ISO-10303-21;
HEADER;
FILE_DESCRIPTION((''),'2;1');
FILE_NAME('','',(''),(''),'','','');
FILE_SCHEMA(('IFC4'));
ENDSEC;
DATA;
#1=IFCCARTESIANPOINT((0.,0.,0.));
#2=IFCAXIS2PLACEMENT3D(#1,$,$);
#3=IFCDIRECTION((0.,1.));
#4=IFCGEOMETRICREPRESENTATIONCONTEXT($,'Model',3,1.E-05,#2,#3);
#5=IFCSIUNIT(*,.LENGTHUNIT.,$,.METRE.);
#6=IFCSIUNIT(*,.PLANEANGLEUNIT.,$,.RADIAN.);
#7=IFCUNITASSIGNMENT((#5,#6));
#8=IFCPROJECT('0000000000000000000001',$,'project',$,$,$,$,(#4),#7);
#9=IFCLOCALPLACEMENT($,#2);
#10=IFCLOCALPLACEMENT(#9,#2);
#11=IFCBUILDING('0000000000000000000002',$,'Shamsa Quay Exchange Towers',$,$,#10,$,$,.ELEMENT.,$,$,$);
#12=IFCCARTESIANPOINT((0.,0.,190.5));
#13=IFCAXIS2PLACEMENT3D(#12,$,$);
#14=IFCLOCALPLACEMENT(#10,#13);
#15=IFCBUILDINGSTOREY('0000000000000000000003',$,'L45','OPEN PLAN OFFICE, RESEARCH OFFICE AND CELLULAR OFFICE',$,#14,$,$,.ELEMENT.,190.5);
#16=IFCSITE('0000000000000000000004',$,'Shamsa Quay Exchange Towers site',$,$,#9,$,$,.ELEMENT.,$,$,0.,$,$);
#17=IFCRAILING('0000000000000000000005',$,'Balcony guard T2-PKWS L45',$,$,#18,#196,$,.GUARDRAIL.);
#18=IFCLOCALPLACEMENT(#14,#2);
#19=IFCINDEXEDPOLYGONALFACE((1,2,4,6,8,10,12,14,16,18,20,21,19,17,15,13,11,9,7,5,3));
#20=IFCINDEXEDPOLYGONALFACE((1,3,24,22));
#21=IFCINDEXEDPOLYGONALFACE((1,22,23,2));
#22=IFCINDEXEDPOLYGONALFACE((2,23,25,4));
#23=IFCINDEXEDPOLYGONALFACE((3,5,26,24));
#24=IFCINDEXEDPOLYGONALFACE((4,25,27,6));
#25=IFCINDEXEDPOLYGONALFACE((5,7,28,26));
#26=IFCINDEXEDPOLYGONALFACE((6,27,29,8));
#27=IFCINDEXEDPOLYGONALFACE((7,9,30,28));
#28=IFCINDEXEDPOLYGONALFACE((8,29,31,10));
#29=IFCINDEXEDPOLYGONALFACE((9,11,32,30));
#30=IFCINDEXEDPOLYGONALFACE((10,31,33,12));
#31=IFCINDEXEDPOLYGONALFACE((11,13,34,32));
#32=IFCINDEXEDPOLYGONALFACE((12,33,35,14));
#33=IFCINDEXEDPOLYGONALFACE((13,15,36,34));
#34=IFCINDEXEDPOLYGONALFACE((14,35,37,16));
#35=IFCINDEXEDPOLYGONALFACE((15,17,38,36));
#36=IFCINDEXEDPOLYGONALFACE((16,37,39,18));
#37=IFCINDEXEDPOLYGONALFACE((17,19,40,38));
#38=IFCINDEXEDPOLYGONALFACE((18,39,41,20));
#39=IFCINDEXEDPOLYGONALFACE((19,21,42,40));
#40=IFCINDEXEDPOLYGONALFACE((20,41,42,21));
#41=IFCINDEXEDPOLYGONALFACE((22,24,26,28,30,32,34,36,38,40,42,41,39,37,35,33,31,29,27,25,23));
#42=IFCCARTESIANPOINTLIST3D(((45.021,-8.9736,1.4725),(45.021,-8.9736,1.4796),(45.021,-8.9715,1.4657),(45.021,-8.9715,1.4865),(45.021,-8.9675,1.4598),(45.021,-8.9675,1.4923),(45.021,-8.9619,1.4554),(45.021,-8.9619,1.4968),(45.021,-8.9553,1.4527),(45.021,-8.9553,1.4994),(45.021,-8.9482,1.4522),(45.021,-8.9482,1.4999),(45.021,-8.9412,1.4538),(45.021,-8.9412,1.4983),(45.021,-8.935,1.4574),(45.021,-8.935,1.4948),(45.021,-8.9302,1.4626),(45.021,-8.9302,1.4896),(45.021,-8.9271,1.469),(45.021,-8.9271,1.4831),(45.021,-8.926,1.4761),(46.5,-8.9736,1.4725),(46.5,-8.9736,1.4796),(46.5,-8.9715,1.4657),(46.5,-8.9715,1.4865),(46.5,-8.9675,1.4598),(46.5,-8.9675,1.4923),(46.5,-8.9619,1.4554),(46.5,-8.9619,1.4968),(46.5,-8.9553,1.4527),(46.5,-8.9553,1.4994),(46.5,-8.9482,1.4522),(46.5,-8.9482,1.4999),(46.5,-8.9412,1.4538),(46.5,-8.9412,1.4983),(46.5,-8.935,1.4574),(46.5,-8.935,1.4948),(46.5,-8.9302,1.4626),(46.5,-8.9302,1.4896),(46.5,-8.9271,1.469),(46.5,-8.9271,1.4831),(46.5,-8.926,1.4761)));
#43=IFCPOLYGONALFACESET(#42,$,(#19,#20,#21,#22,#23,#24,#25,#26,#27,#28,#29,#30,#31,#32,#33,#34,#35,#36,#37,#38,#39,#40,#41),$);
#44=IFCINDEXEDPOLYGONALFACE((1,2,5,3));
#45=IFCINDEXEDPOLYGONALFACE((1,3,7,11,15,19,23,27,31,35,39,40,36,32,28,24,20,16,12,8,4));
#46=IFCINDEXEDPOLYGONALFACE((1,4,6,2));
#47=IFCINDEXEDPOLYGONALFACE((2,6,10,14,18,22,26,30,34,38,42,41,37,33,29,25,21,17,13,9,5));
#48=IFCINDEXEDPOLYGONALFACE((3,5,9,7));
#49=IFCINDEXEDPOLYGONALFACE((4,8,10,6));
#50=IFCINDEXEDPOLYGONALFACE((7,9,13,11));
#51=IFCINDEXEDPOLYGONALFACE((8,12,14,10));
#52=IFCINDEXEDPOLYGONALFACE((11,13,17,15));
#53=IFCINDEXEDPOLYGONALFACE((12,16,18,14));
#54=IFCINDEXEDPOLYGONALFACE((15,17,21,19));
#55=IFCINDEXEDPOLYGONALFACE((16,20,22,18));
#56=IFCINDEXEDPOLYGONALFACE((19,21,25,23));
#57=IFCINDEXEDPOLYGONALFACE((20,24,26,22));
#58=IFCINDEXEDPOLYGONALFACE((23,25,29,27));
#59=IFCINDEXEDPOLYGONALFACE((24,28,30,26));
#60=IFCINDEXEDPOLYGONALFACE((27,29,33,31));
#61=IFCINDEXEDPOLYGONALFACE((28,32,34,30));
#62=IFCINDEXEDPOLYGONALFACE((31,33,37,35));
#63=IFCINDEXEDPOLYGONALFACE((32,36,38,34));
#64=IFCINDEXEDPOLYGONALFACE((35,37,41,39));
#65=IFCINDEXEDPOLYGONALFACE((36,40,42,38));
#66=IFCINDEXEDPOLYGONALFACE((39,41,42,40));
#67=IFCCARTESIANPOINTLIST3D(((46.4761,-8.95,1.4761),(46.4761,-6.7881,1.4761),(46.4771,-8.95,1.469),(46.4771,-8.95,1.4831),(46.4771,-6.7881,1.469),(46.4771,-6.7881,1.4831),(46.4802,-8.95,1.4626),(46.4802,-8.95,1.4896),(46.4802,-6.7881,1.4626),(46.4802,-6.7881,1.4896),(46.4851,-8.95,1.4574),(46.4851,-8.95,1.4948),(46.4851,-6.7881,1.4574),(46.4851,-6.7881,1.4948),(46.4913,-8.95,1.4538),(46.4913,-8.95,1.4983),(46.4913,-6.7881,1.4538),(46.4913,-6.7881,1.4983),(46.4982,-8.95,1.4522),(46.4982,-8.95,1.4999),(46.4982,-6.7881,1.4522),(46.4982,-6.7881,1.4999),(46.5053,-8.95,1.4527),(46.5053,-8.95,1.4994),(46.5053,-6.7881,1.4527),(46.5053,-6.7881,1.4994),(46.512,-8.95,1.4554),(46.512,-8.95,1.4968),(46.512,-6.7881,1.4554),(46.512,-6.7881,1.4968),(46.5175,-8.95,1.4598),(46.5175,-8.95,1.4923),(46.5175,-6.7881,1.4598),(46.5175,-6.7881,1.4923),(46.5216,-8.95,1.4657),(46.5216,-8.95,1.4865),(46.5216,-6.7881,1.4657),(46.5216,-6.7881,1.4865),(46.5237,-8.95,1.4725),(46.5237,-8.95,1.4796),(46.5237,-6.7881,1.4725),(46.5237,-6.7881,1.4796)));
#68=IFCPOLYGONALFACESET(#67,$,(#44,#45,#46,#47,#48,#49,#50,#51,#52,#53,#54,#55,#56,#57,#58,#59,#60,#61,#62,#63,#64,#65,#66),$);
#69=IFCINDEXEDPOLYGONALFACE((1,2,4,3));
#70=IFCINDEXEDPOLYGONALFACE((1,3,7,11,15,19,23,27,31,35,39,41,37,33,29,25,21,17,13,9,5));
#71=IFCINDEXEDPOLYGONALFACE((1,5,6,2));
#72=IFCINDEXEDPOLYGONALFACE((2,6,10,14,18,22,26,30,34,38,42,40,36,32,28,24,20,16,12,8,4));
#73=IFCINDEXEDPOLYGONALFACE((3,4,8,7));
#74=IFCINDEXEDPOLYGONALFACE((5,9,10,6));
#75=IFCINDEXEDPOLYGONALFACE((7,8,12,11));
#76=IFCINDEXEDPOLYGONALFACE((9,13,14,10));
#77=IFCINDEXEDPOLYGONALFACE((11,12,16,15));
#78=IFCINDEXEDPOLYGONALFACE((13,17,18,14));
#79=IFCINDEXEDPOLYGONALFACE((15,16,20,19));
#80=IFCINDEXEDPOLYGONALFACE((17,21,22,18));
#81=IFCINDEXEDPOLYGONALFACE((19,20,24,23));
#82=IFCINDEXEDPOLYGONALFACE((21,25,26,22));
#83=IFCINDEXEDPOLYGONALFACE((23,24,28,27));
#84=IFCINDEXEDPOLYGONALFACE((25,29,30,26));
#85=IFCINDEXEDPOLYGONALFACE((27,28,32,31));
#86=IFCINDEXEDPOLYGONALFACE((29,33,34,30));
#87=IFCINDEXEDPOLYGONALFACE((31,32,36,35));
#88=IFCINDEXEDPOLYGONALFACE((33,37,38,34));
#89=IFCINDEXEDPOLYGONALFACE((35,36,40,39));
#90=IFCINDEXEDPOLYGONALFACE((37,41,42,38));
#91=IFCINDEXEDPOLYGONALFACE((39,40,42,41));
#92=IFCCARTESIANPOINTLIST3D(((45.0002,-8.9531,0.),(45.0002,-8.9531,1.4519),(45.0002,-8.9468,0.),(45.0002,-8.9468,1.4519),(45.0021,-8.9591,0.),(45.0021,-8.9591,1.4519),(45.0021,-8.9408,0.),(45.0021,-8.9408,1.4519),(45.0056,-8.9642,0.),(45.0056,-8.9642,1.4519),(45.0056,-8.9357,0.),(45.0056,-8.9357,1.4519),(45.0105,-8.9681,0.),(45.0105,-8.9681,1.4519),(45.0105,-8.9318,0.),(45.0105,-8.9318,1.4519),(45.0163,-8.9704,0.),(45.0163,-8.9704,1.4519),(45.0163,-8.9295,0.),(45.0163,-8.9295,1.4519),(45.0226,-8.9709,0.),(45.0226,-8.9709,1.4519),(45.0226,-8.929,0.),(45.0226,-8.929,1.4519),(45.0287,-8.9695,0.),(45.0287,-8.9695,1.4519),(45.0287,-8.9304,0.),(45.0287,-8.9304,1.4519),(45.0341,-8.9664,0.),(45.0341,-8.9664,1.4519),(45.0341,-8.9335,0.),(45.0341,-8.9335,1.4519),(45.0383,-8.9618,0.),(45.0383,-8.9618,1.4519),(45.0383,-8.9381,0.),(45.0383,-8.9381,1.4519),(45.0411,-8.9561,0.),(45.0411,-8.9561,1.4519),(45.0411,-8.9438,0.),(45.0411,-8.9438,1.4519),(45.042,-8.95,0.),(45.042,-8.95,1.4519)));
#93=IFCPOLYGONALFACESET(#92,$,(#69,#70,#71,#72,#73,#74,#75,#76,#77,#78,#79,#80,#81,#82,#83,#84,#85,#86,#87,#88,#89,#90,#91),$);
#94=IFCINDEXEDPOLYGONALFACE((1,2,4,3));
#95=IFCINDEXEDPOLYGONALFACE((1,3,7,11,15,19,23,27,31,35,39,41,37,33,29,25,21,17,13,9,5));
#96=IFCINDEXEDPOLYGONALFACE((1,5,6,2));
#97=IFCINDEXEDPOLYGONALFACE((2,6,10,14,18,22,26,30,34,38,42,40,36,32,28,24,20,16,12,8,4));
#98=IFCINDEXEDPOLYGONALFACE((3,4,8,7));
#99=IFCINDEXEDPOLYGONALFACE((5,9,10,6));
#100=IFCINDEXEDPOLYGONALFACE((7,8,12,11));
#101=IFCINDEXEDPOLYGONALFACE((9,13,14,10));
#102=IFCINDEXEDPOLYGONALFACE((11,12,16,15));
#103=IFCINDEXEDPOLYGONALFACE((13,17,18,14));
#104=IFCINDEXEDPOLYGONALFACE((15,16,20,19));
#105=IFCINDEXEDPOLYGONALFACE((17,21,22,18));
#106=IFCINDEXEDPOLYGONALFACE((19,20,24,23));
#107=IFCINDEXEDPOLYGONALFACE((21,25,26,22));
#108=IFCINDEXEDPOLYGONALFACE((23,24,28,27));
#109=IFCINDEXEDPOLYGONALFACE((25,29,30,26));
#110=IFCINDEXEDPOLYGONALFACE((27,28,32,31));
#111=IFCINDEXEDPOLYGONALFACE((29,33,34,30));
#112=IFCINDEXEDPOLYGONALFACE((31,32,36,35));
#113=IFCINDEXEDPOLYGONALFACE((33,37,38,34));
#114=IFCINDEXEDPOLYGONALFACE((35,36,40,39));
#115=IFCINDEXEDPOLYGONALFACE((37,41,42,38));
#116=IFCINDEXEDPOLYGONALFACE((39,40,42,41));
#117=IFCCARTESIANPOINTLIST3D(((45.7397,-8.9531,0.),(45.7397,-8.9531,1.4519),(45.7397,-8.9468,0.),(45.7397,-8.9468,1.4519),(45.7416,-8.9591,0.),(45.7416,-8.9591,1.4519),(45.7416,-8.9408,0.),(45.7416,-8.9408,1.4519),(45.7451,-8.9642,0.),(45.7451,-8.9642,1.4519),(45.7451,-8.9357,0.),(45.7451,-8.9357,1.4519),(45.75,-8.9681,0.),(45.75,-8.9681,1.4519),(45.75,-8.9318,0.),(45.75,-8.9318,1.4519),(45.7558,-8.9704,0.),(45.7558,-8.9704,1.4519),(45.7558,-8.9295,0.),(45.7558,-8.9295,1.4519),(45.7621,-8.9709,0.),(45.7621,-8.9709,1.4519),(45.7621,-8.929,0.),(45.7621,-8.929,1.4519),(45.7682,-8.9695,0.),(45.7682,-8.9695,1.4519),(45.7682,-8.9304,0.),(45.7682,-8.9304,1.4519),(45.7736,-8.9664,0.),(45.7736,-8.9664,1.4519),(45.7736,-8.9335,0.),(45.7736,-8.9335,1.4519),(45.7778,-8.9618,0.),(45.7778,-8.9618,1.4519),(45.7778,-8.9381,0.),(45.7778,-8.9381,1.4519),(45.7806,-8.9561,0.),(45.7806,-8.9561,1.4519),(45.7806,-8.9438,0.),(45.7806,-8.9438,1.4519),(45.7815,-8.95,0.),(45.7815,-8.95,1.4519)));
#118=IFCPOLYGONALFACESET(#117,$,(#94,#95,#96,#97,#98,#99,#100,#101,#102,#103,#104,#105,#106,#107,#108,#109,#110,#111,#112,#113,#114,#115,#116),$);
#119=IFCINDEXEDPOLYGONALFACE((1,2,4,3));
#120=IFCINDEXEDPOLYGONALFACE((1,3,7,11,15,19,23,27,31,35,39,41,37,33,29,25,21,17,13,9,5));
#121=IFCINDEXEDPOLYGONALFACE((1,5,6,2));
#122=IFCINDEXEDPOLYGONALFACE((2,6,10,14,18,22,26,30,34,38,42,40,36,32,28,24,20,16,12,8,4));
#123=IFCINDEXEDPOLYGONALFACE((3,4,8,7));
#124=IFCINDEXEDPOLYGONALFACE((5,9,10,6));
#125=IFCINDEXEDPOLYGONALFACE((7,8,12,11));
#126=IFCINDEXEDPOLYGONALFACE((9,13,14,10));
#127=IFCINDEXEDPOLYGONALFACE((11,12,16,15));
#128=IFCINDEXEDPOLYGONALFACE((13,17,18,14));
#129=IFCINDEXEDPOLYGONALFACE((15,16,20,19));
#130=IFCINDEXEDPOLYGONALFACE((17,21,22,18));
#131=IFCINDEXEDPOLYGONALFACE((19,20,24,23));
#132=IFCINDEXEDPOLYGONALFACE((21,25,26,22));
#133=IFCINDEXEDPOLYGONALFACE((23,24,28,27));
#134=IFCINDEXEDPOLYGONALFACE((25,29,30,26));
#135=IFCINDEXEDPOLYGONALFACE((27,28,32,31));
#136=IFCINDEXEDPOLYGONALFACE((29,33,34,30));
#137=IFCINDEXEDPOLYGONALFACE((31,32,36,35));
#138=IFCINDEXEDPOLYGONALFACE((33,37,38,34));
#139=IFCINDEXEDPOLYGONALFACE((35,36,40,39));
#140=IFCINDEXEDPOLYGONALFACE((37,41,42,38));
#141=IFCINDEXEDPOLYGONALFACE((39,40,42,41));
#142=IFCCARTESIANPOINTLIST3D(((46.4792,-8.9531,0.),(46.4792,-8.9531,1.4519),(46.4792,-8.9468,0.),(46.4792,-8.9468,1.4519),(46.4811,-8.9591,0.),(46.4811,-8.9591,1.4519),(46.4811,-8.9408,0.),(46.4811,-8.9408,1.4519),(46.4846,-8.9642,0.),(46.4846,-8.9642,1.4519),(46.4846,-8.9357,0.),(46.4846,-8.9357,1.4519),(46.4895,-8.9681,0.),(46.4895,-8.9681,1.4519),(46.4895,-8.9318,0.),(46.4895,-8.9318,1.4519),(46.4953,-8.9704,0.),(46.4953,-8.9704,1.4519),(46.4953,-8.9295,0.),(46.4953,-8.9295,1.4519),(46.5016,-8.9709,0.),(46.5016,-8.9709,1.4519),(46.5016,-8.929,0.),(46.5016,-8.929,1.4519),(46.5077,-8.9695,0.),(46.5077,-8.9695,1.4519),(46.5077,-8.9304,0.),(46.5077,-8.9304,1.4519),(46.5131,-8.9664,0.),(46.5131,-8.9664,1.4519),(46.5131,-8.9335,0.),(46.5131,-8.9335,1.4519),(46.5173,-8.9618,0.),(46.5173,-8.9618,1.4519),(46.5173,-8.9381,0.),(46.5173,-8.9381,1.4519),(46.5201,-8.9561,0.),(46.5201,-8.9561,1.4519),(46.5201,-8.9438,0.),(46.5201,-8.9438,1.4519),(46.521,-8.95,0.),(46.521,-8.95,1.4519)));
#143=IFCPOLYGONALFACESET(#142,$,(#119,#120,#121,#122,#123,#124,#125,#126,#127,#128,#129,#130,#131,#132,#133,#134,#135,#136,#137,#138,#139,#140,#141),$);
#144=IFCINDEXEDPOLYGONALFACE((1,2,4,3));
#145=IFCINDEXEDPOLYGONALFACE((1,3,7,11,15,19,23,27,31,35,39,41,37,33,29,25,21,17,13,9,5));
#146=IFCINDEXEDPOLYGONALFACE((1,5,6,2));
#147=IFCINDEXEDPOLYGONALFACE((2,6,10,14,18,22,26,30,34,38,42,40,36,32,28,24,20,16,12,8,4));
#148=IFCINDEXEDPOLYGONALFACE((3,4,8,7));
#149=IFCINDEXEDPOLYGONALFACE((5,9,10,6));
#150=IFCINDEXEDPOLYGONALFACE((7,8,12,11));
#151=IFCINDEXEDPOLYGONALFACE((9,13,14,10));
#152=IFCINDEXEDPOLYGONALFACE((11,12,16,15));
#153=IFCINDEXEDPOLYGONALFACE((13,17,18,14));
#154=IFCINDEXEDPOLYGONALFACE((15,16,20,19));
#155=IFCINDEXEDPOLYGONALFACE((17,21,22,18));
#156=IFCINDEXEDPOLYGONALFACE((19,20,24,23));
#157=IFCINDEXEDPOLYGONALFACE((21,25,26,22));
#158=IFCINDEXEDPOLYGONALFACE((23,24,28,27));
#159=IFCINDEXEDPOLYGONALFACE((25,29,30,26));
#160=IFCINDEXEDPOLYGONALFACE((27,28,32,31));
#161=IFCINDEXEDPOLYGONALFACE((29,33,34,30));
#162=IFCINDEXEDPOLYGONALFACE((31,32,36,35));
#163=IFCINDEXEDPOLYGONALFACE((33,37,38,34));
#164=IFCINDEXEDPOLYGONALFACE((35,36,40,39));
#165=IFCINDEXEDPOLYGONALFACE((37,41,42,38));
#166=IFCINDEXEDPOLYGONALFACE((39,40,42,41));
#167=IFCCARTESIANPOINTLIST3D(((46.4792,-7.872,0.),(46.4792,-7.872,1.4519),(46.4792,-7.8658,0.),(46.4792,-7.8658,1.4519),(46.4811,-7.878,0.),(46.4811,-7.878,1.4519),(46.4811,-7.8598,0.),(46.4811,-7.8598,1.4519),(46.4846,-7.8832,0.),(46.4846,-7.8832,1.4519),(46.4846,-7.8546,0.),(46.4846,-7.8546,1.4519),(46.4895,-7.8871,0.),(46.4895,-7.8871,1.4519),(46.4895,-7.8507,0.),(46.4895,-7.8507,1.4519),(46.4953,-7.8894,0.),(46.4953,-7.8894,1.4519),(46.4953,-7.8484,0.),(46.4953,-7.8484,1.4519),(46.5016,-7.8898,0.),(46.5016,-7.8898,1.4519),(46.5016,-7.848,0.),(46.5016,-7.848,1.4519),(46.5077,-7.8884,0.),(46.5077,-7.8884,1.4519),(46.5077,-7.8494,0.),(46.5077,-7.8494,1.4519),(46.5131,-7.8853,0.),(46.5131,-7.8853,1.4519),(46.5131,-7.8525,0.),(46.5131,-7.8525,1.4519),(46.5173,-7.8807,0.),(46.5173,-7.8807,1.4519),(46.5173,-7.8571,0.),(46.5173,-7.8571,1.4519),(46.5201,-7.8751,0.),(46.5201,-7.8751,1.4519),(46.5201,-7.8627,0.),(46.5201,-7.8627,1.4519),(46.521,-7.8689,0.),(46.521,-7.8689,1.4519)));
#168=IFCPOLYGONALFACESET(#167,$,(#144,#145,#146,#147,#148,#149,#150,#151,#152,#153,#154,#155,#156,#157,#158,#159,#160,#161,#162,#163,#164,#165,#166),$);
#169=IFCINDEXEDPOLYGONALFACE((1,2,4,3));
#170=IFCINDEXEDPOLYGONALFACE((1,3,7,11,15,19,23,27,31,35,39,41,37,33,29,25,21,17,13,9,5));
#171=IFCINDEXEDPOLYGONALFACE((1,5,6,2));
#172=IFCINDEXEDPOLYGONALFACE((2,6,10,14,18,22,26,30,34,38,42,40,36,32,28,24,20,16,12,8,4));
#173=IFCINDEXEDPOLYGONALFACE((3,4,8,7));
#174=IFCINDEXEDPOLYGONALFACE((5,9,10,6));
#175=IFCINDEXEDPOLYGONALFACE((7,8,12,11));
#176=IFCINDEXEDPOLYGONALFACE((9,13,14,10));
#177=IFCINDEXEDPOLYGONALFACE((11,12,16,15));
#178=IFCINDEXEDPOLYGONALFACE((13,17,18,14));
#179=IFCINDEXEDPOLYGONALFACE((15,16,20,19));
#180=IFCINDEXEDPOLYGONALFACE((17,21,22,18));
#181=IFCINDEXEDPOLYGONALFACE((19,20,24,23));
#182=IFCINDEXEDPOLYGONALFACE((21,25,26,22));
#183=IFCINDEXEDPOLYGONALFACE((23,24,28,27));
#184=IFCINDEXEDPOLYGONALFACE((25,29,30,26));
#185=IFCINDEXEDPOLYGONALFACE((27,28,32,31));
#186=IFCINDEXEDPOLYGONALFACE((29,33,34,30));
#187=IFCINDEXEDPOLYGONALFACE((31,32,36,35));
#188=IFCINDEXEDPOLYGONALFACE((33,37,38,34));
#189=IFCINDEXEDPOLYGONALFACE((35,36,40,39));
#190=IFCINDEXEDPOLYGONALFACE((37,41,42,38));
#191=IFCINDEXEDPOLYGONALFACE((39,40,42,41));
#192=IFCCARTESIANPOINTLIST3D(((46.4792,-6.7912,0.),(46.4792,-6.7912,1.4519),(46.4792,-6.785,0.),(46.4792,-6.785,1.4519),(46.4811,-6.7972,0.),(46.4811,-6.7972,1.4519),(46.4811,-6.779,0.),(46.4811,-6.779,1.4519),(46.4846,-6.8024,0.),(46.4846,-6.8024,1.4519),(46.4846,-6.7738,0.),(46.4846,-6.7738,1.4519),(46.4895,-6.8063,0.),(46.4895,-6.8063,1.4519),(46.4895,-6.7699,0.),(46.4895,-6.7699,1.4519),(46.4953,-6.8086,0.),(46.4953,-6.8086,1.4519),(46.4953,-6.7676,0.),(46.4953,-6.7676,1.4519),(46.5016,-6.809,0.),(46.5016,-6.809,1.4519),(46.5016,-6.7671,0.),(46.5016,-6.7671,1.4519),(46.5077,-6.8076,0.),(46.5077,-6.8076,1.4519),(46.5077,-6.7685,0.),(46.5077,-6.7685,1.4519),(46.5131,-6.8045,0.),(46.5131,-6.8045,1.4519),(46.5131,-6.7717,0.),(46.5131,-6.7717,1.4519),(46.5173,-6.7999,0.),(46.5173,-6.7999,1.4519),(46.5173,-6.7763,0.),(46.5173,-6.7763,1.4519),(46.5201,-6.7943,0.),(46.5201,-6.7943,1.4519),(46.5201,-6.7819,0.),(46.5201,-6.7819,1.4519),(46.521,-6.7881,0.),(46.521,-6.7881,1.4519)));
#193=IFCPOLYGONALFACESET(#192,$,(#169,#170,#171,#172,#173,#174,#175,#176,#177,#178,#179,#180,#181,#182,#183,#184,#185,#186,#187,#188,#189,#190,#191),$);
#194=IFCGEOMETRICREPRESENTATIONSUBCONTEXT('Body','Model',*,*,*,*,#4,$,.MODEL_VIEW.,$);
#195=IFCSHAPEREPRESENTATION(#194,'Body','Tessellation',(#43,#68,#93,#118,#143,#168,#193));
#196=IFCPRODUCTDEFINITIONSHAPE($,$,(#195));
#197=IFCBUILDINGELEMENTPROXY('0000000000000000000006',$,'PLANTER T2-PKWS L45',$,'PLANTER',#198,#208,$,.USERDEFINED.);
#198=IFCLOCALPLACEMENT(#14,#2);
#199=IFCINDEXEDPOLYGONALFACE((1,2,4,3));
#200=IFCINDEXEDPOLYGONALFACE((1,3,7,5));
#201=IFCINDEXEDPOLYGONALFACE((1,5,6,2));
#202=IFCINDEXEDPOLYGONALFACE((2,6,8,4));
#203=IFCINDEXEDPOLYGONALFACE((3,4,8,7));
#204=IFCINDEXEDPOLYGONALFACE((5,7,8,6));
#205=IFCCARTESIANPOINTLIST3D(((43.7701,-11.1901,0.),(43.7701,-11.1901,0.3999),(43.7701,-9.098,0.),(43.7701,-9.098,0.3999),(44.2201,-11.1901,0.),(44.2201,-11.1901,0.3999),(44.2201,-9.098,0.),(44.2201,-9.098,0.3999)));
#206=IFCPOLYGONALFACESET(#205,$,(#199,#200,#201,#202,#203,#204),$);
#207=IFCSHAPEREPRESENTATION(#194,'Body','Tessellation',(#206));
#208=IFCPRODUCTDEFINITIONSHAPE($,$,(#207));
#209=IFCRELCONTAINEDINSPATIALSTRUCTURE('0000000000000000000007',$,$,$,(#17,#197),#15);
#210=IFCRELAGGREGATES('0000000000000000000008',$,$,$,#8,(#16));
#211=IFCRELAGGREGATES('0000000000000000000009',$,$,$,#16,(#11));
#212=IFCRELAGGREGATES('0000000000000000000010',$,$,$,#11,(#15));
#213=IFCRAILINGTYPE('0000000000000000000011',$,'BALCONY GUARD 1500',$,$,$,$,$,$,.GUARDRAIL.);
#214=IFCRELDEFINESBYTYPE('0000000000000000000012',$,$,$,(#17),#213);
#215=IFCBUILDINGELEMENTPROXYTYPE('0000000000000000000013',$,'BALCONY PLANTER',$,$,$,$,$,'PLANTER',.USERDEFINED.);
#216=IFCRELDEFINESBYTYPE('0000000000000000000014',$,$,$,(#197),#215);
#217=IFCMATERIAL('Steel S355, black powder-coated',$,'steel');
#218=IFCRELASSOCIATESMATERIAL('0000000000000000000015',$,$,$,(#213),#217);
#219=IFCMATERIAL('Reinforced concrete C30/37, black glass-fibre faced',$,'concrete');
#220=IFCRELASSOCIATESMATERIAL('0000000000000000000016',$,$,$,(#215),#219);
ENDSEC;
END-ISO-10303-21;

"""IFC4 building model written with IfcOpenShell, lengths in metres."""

from ifc_helpers import new_model, si_unit, direction, frame, origin, origin_2d, place, context, subcontext, project, spatial, rectangle, circle, extrude, material, type_object, element, save


model = new_model("IFC4")

# Units and contexts
model_context = context("Model", 3, precision=1e-05, world=origin(), true_north=direction((0.0, 1.0)))
body_context = subcontext(model_context, "Body", "Model", "MODEL_VIEW")
ifc_project = project(units=[si_unit("LENGTHUNIT", "METRE"), si_unit("PLANEANGLEUNIT", "RADIAN")], contexts=[model_context])

# Site, building, storey
site_placement = place(None, origin())
site = spatial("IfcSite", under=ifc_project, at=site_placement, Name="Shamsa Quay Exchange Towers site", CompositionType="ELEMENT", RefElevation=0.0)
building_placement = place(site_placement, origin())
building = spatial("IfcBuilding", under=site, at=building_placement, Name="Shamsa Quay Exchange Towers", CompositionType="ELEMENT")
storey_placement = place(building_placement, frame((0.0, 0.0, 190.5)))
storey = spatial("IfcBuildingStorey", under=building, at=storey_placement, Name="L45", Description="OPEN PLAN OFFICE, RESEARCH OFFICE AND CELLULAR OFFICE", CompositionType="ELEMENT", Elevation=190.5)

# Railing
ifc_material_1 = material(Name="Steel S355, black powder-coated", Category="steel")
railing_type = type_object("IfcRailingType", Name="BALCONY GUARD 1500", PredefinedType="GUARDRAIL", material=ifc_material_1)
for number, where, name in (
    (1, (45.021, -8.95, 0.0), "Balcony guard T2-PKWS L45"),
):
    element("IfcRailing", number, at=place(storey_placement, frame(where)), inside=storey, type_object=railing_type, Name=name, PredefinedType="GUARDRAIL", context=body_context, shape_type="SweptSolid", body=[
        extrude(circle(Radius=0.0239, at=origin_2d()), frame((0.0, 0.0, 1.4761), z_axis=(1.0, 0.0, 0.0), x_axis=(0.0, 1.0, 0.0)), (0.0, 0.0, 1.0), 1.479),
        extrude(circle(Radius=0.0239, at=origin_2d()), frame((1.479, 0.0, 1.4761), z_axis=(0.0, 1.0, 0.0), x_axis=(-1.0, 0.0, 0.0)), (0.0, 0.0, 1.0), 2.1619),
        extrude(circle(Radius=0.021, at=origin_2d()), origin(), (0.0, 0.0, 1.0), 1.4519),
        extrude(circle(Radius=0.021, at=origin_2d()), frame((0.7395, 0.0, 0.0)), (0.0, 0.0, 1.0), 1.4519),
        extrude(circle(Radius=0.021, at=origin_2d()), frame((1.479, 0.0, 0.0)), (0.0, 0.0, 1.0), 1.4519),
        extrude(circle(Radius=0.021, at=origin_2d()), frame((1.479, 1.0811, 0.0)), (0.0, 0.0, 1.0), 1.4519),
        extrude(circle(Radius=0.021, at=origin_2d()), frame((1.479, 2.1619, 0.0)), (0.0, 0.0, 1.0), 1.4519),
    ])

# Building element proxy
ifc_material_2 = material(Name="Reinforced concrete C30/37, black glass-fibre faced", Category="concrete")
building_element_proxy_type = type_object("IfcBuildingElementProxyType", Name="BALCONY PLANTER", ElementType="PLANTER", PredefinedType="USERDEFINED", material=ifc_material_2)
proxy_placement = place(storey_placement, frame((43.9951, -10.144, 0.0), z_axis=(0.0, 0.0, 1.0), x_axis=(0.0, 1.0, 0.0)))
element("IfcBuildingElementProxy", 2, at=proxy_placement, inside=storey, type_object=building_element_proxy_type, Name="PLANTER T2-PKWS L45", ObjectType="PLANTER", PredefinedType="USERDEFINED", context=body_context, shape_type="SweptSolid", body=[
    extrude(rectangle(XDim=2.092, YDim=0.45, at=origin_2d()), origin(), (0.0, 0.0, 1.0), 0.3999),
])

save(model, "model.ifc")
